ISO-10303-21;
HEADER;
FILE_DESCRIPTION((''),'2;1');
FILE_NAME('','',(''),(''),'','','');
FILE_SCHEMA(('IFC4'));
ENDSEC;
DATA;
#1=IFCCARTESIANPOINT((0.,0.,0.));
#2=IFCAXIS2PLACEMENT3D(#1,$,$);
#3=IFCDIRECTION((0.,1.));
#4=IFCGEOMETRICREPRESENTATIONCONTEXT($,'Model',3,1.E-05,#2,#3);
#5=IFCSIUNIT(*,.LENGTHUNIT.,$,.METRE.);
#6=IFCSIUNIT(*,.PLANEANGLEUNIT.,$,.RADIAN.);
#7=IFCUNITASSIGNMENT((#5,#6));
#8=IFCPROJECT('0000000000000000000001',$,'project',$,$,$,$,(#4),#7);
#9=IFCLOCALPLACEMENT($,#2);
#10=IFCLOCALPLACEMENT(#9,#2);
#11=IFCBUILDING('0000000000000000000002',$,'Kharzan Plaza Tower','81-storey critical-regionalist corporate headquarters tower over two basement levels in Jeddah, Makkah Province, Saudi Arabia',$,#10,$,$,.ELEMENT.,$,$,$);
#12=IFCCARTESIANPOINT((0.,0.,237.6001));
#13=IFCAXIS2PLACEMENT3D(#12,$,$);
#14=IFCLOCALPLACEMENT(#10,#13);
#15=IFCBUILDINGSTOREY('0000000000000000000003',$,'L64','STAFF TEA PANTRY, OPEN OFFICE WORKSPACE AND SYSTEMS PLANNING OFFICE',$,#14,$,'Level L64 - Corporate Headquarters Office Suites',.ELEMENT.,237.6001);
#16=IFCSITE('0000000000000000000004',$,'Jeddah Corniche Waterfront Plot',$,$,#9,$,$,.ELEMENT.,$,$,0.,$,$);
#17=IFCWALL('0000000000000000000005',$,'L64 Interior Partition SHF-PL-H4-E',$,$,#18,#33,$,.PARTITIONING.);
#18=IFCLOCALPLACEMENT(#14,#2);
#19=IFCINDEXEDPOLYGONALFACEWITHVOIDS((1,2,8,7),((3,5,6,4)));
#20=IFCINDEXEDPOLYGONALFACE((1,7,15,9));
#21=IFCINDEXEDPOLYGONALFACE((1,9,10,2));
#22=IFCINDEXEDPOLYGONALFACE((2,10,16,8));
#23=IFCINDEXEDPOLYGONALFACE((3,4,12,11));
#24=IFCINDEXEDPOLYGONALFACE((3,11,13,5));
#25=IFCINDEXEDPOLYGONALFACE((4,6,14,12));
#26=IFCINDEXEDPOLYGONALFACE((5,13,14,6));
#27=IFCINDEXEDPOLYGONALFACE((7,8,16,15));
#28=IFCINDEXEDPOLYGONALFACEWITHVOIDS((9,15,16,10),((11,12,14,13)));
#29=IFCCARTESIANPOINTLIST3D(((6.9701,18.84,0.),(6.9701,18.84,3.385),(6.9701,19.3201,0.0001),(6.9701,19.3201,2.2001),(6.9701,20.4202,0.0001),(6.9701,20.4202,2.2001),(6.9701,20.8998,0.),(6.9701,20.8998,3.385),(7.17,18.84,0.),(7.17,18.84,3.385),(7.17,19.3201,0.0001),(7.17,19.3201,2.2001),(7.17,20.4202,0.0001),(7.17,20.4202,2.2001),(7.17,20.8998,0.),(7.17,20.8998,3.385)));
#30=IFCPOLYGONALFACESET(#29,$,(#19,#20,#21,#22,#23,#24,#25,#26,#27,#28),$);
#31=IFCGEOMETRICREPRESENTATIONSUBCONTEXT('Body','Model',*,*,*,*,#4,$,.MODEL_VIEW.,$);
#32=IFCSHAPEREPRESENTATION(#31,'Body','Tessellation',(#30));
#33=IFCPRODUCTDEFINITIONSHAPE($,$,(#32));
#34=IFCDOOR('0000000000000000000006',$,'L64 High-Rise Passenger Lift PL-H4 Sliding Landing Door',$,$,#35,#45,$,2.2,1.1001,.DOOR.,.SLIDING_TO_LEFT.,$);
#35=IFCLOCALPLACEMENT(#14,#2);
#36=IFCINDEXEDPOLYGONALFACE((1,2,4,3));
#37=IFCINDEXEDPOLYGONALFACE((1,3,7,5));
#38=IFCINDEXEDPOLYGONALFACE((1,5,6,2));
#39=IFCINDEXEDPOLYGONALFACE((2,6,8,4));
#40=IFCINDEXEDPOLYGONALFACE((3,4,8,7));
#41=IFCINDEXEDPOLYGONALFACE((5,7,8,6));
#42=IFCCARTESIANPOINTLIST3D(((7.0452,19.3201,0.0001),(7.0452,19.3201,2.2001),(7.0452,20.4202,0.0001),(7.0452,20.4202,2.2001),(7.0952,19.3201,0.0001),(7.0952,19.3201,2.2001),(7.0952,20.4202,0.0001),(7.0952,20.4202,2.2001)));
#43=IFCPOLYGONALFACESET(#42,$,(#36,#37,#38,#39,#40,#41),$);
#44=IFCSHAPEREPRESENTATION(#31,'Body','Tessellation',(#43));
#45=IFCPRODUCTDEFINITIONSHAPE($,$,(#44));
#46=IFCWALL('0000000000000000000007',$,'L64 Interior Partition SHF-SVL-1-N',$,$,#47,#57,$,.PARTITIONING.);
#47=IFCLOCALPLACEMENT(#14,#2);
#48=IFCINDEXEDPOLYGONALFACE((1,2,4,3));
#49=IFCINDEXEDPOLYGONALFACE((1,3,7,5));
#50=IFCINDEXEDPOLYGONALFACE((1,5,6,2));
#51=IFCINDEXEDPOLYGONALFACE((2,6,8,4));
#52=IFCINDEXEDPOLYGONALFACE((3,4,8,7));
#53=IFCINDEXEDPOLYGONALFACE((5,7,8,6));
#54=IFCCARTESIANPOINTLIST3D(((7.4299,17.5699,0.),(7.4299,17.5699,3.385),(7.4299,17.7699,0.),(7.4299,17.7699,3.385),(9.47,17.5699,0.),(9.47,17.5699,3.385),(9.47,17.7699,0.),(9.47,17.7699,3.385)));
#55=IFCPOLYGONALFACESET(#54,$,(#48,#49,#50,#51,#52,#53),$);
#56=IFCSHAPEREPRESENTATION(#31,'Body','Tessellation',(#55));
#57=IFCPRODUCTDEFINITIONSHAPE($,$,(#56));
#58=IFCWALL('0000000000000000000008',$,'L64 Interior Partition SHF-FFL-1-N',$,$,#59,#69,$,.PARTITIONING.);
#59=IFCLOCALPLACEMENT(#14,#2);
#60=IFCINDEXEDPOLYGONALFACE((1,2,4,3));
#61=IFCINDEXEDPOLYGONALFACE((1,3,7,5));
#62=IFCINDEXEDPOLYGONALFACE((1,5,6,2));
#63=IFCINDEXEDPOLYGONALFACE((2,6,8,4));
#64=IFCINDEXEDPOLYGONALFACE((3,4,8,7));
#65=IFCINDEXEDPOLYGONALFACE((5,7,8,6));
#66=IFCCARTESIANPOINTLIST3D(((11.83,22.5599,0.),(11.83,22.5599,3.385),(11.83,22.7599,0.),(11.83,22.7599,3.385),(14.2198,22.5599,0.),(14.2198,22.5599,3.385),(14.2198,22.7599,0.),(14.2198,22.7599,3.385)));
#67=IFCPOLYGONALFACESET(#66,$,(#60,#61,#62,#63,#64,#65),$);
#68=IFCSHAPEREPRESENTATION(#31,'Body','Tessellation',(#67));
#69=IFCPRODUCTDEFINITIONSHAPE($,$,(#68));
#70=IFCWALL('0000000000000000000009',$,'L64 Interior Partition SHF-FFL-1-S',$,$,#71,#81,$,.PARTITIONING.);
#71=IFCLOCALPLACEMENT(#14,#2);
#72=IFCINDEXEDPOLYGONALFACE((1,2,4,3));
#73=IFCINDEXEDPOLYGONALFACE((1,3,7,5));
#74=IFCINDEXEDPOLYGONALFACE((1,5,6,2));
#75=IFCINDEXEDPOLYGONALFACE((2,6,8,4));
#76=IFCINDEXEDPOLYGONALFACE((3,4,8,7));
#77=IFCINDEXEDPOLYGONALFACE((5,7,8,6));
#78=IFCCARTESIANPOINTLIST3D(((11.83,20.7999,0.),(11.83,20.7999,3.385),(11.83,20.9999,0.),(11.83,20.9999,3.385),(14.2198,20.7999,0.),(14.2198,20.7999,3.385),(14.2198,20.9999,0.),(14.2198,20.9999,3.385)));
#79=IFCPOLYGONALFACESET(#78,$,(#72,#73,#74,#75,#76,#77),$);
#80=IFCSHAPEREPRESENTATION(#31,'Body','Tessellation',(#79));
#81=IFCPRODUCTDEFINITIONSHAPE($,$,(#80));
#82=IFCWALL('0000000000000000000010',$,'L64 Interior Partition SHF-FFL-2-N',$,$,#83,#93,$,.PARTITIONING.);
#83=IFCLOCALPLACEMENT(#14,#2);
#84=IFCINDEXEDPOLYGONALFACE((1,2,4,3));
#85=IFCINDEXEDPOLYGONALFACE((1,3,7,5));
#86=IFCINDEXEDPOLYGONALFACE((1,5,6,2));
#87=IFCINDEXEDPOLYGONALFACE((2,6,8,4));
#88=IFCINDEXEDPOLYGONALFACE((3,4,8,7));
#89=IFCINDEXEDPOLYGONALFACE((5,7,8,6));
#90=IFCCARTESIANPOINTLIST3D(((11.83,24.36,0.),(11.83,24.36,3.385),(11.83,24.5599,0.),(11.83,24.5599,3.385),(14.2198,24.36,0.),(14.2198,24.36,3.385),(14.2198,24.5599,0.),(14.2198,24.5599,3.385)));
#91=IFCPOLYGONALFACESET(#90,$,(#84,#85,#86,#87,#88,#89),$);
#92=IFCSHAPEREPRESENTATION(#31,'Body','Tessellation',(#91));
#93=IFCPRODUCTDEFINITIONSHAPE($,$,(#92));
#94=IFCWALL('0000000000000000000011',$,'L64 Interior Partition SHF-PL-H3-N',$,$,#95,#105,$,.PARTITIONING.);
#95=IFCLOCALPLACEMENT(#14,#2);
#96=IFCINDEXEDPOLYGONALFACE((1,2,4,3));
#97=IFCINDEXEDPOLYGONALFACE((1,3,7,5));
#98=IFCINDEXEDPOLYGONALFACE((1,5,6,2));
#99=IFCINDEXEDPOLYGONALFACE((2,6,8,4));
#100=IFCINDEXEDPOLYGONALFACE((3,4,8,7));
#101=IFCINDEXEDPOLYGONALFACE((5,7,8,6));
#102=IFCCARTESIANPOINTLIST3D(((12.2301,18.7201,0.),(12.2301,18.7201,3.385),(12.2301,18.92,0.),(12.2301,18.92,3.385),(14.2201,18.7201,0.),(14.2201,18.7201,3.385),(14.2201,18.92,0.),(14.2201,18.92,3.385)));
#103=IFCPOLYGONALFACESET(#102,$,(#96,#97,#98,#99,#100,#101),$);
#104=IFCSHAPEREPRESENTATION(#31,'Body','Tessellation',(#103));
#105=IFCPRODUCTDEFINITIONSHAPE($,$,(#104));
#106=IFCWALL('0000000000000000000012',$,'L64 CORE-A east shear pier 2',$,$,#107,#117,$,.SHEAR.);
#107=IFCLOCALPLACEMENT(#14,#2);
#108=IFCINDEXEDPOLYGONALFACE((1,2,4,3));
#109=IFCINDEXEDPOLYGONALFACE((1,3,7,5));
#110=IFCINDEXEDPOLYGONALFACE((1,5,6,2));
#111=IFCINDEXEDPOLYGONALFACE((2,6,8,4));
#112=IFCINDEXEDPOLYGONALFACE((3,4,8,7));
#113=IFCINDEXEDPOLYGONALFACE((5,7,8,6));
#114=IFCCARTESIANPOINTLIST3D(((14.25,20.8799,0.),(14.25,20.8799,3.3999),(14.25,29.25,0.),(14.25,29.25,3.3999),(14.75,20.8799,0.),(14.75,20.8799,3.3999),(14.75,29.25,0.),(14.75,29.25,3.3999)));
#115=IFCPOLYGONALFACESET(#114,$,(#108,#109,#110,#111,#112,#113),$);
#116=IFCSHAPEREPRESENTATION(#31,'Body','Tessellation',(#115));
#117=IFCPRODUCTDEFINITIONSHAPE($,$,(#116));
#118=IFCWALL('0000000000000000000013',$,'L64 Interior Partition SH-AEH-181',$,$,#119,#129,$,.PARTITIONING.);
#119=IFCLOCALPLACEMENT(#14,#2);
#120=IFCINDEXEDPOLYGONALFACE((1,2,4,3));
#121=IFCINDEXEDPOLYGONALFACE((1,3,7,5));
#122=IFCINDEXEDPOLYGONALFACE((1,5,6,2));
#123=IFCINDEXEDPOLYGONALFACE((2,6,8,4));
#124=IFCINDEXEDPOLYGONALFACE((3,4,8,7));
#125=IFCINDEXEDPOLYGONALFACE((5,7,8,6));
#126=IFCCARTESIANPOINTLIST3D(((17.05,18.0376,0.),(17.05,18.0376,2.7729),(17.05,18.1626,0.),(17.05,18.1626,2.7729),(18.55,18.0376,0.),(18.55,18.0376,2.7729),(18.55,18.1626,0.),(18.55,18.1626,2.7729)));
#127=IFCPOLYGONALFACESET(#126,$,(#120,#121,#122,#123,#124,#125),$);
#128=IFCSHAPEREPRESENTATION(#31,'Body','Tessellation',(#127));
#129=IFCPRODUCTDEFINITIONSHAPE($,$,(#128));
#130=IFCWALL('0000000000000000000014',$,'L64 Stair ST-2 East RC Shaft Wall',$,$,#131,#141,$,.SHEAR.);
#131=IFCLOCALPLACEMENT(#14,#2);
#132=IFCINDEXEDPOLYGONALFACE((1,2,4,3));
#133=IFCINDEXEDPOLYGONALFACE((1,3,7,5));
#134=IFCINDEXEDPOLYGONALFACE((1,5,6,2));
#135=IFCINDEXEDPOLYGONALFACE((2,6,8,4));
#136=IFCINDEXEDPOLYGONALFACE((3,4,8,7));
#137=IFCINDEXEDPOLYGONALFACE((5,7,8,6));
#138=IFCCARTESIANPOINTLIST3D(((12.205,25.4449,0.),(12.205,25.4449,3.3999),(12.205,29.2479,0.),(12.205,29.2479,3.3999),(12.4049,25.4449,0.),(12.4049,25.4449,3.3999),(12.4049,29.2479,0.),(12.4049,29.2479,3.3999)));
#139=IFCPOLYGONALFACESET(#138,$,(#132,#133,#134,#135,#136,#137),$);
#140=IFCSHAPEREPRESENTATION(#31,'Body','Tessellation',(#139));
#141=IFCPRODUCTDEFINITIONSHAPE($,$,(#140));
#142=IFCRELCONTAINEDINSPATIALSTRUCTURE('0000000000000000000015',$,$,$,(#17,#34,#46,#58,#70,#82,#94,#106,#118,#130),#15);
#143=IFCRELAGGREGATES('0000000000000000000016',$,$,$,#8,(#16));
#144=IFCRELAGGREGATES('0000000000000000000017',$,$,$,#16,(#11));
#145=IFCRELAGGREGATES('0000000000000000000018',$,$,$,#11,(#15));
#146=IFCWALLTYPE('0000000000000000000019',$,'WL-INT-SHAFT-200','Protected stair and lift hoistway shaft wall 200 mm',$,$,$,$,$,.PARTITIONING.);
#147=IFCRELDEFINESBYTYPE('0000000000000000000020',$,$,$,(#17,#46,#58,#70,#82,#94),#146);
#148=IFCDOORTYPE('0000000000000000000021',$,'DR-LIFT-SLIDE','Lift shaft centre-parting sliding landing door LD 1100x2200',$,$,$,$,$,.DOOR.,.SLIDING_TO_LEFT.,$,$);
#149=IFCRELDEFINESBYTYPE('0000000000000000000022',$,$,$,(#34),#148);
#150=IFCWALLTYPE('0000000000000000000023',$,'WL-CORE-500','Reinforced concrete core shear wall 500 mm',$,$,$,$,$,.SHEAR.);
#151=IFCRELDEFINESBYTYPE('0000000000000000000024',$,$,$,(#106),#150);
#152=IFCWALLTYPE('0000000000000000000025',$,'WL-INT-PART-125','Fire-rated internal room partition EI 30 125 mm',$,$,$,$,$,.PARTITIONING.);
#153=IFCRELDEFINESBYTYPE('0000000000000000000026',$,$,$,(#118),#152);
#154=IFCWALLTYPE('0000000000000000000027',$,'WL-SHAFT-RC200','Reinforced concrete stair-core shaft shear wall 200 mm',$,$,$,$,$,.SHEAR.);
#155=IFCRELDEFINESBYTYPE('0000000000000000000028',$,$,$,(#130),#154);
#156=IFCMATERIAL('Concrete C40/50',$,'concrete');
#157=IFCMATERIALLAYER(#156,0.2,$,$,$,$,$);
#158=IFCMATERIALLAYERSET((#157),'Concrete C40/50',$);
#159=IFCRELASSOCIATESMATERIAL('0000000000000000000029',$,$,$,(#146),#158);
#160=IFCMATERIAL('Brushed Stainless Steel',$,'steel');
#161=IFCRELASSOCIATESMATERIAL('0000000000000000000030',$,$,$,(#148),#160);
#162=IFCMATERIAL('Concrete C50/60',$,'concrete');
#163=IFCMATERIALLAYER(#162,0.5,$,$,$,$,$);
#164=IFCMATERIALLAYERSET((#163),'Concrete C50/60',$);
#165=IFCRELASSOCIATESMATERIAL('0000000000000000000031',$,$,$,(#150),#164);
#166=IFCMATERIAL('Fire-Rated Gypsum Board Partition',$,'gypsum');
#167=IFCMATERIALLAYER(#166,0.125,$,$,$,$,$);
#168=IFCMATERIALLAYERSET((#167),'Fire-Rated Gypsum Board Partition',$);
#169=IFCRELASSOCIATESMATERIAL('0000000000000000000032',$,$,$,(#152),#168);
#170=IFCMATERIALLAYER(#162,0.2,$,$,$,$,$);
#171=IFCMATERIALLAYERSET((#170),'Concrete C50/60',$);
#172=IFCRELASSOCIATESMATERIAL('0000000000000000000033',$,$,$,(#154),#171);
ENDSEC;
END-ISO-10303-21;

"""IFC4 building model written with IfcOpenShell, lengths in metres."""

from ifc_helpers import new_model, si_unit, direction, frame, frame_2d, origin, place, context, subcontext, project, spatial, rectangle, extrude, source, transform, mapped, material, layer, layer_set, type_object, element, fill, save


model = new_model("IFC4")

# Units and contexts
model_context = context("Model", 3, precision=1e-05, world=origin(), true_north=direction((0.0, 1.0)))
body_context = subcontext(model_context, "Body", "Model", "MODEL_VIEW")
ifc_project = project(units=[si_unit("LENGTHUNIT", "METRE"), si_unit("PLANEANGLEUNIT", "RADIAN")], contexts=[model_context])

# Site, building, storey
site_placement = place(None, origin())
site = spatial("IfcSite", under=ifc_project, at=site_placement, Name="Jeddah Corniche Waterfront Plot", CompositionType="ELEMENT", RefElevation=0.0)
building_placement = place(site_placement, origin())
building = spatial("IfcBuilding", under=site, at=building_placement, Name="Kharzan Plaza Tower", Description="81-storey critical-regionalist corporate headquarters tower over two basement levels in Jeddah, Makkah Province, Saudi Arabia", CompositionType="ELEMENT")
storey_placement = place(building_placement, frame((0.0, 0.0, 237.6001)))
storey = spatial("IfcBuildingStorey", under=building, at=storey_placement, Name="L64", Description="STAFF TEA PANTRY, OPEN OFFICE WORKSPACE AND SYSTEMS PLANNING OFFICE", LongName="Level L64 - Corporate Headquarters Office Suites", CompositionType="ELEMENT", Elevation=237.6001)

# Wall, opening, door
ifc_material_1 = material(Name="Concrete C40/50", Category="concrete")
ifc_layer_1 = layer(ifc_material_1, 0.2)
ifc_layer_set_1 = layer_set([ifc_layer_1], Name="Concrete C40/50")
wall_type_1 = type_object("IfcWallType", Name="WL-INT-SHAFT-200", Description="Protected stair and lift hoistway shaft wall 200 mm", PredefinedType="PARTITIONING", material=ifc_layer_set_1)
ifc_material_2 = material(Name="Brushed Stainless Steel", Category="steel")
door_type_1 = type_object("IfcDoorType", Name="DR-LIFT-SLIDE", Description="Lift shaft centre-parting sliding landing door LD 1100x2200", OperationType="SLIDING_TO_LEFT", PredefinedType="DOOR", material=ifc_material_2)
shared_shape_1 = source(origin(), body_context, "Body", "SweptSolid", [
    extrude(rectangle(XDim=1.1001, YDim=2.2, at=frame_2d((0.55, 1.1001))), frame((0.0, 0.0249, 0.0), z_axis=(0.0, -1.0, 0.0), x_axis=(1.0, 0.0, 0.0)), (0.0, 0.0, 1.0), 0.05),
])
wall_1_placement = place(storey_placement, frame((7.0701, 18.8401, 0.0), z_axis=(0.0, 0.0, 1.0), x_axis=(0.0, 1.0, 0.0)))
wall_1 = element("IfcWall", 1, at=wall_1_placement, inside=storey, type_object=wall_type_1, Name="L64 Interior Partition SHF-PL-H4-E", PredefinedType="PARTITIONING", context=body_context, shape_type="SweptSolid", body=[
    extrude(rectangle(XDim=2.0598, YDim=0.2, at=frame_2d((1.0298, 0.0))), origin(), (0.0, 0.0, 1.0), 3.385),
])
opening_1_placement = place(wall_1_placement, frame((0.48, 0.0, 0.0)))
opening_1 = element("IfcOpeningElement", 2, at=opening_1_placement, cuts=wall_1, PredefinedType="OPENING", context=body_context, shape_type="SweptSolid", body=[
    extrude(rectangle(XDim=1.1001, YDim=2.2, at=frame_2d((0.55, 1.1001))), frame((0.0, 0.1099, 0.0), z_axis=(0.0, -1.0, 0.0), x_axis=(1.0, 0.0, 0.0)), (0.0, 0.0, 1.0), 0.22),
])
door_1_placement = place(opening_1_placement, origin())
door_1 = element("IfcDoor", 3, at=door_1_placement, inside=storey, type_object=door_type_1, Name="L64 High-Rise Passenger Lift PL-H4 Sliding Landing Door", OperationType="SLIDING_TO_LEFT", OverallHeight=2.2, OverallWidth=1.1001, PredefinedType="DOOR", context=body_context, shape_type="MappedRepresentation", body=[
    mapped(shared_shape_1, transform((0.0, 0.0, 0.0), x_axis=(1.0, 0.0, 0.0), y_axis=(0.0, 1.0, 0.0), z_axis=(0.0, 0.0, 1.0))),
])
fill(opening_1, door_1)

# Walls
shared_shape_2 = source(origin(), body_context, "Body", "SweptSolid", [
    extrude(rectangle(XDim=2.04, YDim=0.2, at=frame_2d((1.02, 0.0))), origin(), (0.0, 0.0, 1.0), 3.385),
])
wall_2_placement = place(storey_placement, frame((7.4299, 17.6699, 0.0), z_axis=(0.0, 0.0, 1.0), x_axis=(1.0, 0.0, 0.0)))
element("IfcWall", 4, at=wall_2_placement, inside=storey, type_object=wall_type_1, Name="L64 Interior Partition SHF-SVL-1-N", PredefinedType="PARTITIONING", context=body_context, shape_type="MappedRepresentation", body=[
    mapped(shared_shape_2, transform((0.0, 0.0, 0.0), x_axis=(1.0, 0.0, 0.0), y_axis=(0.0, 1.0, 0.0), z_axis=(0.0, 0.0, 1.0))),
])
shared_shape_3 = source(origin(), body_context, "Body", "SweptSolid", [
    extrude(rectangle(XDim=2.3899, YDim=0.2, at=frame_2d((1.1948, 0.0))), origin(), (0.0, 0.0, 1.0), 3.385),
])
for number, where, z_axis, x_axis, name in (
    (5, (11.8301, 22.6599, 0.0), (0.0, 0.0, 1.0), (1.0, 0.0, 0.0), "L64 Interior Partition SHF-FFL-1-N"),
    (6, (11.8301, 20.8999, 0.0), (0.0, 0.0, 1.0), (1.0, 0.0, 0.0), "L64 Interior Partition SHF-FFL-1-S"),
    (7, (11.8301, 24.46, 0.0), (0.0, 0.0, 1.0), (1.0, 0.0, 0.0), "L64 Interior Partition SHF-FFL-2-N"),
):
    element("IfcWall", number, at=place(storey_placement, frame(where, z_axis=z_axis, x_axis=x_axis)), inside=storey, type_object=wall_type_1, Name=name, PredefinedType="PARTITIONING", context=body_context, shape_type="MappedRepresentation", body=[
        mapped(shared_shape_3, transform((0.0, 0.0, 0.0), x_axis=(1.0, 0.0, 0.0), y_axis=(0.0, 1.0, 0.0), z_axis=(0.0, 0.0, 1.0))),
    ])
shared_shape_4 = source(origin(), body_context, "Body", "SweptSolid", [
    extrude(rectangle(XDim=1.99, YDim=0.2, at=frame_2d((0.9951, 0.0))), origin(), (0.0, 0.0, 1.0), 3.385),
])
wall_3_placement = place(storey_placement, frame((12.23, 18.8201, 0.0), z_axis=(0.0, 0.0, 1.0), x_axis=(1.0, 0.0, 0.0)))
element("IfcWall", 8, at=wall_3_placement, inside=storey, type_object=wall_type_1, Name="L64 Interior Partition SHF-PL-H3-N", PredefinedType="PARTITIONING", context=body_context, shape_type="MappedRepresentation", body=[
    mapped(shared_shape_4, transform((0.0, 0.0, 0.0), x_axis=(1.0, 0.0, 0.0), y_axis=(0.0, 1.0, 0.0), z_axis=(0.0, 0.0, 1.0))),
])
ifc_material_3 = material(Name="Concrete C50/60", Category="concrete")
ifc_layer_2 = layer(ifc_material_3, 0.5)
ifc_layer_set_2 = layer_set([ifc_layer_2], Name="Concrete C50/60")
wall_type_2 = type_object("IfcWallType", Name="WL-CORE-500", Description="Reinforced concrete core shear wall 500 mm", PredefinedType="SHEAR", material=ifc_layer_set_2)
shared_shape_5 = source(origin(), body_context, "Body", "SweptSolid", [
    extrude(rectangle(XDim=8.3701, YDim=0.5, at=frame_2d((4.1851, 0.0))), origin(), (0.0, 0.0, 1.0), 3.3999),
])
wall_4_placement = place(storey_placement, frame((14.5, 20.8799, 0.0), z_axis=(0.0, 0.0, 1.0), x_axis=(0.0, 1.0, 0.0)))
element("IfcWall", 9, at=wall_4_placement, inside=storey, type_object=wall_type_2, Name="L64 CORE-A east shear pier 2", PredefinedType="SHEAR", context=body_context, shape_type="MappedRepresentation", body=[
    mapped(shared_shape_5, transform((0.0, 0.0, 0.0), x_axis=(1.0, 0.0, 0.0), y_axis=(0.0, 1.0, 0.0), z_axis=(0.0, 0.0, 1.0))),
])
ifc_material_4 = material(Name="Fire-Rated Gypsum Board Partition", Category="gypsum")
ifc_layer_3 = layer(ifc_material_4, 0.125)
ifc_layer_set_3 = layer_set([ifc_layer_3], Name="Fire-Rated Gypsum Board Partition")
wall_type_3 = type_object("IfcWallType", Name="WL-INT-PART-125", Description="Fire-rated internal room partition EI 30 125 mm", PredefinedType="PARTITIONING", material=ifc_layer_set_3)
shared_shape_6 = source(origin(), body_context, "Body", "SweptSolid", [
    extrude(rectangle(XDim=1.5, YDim=0.125, at=frame_2d((0.75, 0.0))), origin(), (0.0, 0.0, 1.0), 2.7729),
])
wall_5_placement = place(storey_placement, frame((17.05, 18.1001, 0.0), z_axis=(0.0, 0.0, 1.0), x_axis=(1.0, 0.0, 0.0)))
element("IfcWall", 10, at=wall_5_placement, inside=storey, type_object=wall_type_3, Name="L64 Interior Partition SH-AEH-181", PredefinedType="PARTITIONING", context=body_context, shape_type="MappedRepresentation", body=[
    mapped(shared_shape_6, transform((0.0, 0.0, 0.0), x_axis=(1.0, 0.0, 0.0), y_axis=(0.0, 1.0, 0.0), z_axis=(0.0, 0.0, 1.0))),
])
ifc_layer_4 = layer(ifc_material_3, 0.2)
ifc_layer_set_4 = layer_set([ifc_layer_4], Name="Concrete C50/60")
wall_type_4 = type_object("IfcWallType", Name="WL-SHAFT-RC200", Description="Reinforced concrete stair-core shaft shear wall 200 mm", PredefinedType="SHEAR", material=ifc_layer_set_4)
shared_shape_7 = source(origin(), body_context, "Body", "SweptSolid", [
    extrude(rectangle(XDim=3.803, YDim=0.2, at=frame_2d((1.9014, 0.0))), origin(), (0.0, 0.0, 1.0), 3.3999),
])
wall_6_placement = place(storey_placement, frame((12.3049, 25.4451, 0.0), z_axis=(0.0, 0.0, 1.0), x_axis=(0.0, 1.0, 0.0)))
element("IfcWall", 11, at=wall_6_placement, inside=storey, type_object=wall_type_4, Name="L64 Stair ST-2 East RC Shaft Wall", PredefinedType="SHEAR", context=body_context, shape_type="MappedRepresentation", body=[
    mapped(shared_shape_7, transform((0.0, 0.0, 0.0), x_axis=(1.0, 0.0, 0.0), y_axis=(0.0, 1.0, 0.0), z_axis=(0.0, 0.0, 1.0))),
])

save(model, "model.ifc")
